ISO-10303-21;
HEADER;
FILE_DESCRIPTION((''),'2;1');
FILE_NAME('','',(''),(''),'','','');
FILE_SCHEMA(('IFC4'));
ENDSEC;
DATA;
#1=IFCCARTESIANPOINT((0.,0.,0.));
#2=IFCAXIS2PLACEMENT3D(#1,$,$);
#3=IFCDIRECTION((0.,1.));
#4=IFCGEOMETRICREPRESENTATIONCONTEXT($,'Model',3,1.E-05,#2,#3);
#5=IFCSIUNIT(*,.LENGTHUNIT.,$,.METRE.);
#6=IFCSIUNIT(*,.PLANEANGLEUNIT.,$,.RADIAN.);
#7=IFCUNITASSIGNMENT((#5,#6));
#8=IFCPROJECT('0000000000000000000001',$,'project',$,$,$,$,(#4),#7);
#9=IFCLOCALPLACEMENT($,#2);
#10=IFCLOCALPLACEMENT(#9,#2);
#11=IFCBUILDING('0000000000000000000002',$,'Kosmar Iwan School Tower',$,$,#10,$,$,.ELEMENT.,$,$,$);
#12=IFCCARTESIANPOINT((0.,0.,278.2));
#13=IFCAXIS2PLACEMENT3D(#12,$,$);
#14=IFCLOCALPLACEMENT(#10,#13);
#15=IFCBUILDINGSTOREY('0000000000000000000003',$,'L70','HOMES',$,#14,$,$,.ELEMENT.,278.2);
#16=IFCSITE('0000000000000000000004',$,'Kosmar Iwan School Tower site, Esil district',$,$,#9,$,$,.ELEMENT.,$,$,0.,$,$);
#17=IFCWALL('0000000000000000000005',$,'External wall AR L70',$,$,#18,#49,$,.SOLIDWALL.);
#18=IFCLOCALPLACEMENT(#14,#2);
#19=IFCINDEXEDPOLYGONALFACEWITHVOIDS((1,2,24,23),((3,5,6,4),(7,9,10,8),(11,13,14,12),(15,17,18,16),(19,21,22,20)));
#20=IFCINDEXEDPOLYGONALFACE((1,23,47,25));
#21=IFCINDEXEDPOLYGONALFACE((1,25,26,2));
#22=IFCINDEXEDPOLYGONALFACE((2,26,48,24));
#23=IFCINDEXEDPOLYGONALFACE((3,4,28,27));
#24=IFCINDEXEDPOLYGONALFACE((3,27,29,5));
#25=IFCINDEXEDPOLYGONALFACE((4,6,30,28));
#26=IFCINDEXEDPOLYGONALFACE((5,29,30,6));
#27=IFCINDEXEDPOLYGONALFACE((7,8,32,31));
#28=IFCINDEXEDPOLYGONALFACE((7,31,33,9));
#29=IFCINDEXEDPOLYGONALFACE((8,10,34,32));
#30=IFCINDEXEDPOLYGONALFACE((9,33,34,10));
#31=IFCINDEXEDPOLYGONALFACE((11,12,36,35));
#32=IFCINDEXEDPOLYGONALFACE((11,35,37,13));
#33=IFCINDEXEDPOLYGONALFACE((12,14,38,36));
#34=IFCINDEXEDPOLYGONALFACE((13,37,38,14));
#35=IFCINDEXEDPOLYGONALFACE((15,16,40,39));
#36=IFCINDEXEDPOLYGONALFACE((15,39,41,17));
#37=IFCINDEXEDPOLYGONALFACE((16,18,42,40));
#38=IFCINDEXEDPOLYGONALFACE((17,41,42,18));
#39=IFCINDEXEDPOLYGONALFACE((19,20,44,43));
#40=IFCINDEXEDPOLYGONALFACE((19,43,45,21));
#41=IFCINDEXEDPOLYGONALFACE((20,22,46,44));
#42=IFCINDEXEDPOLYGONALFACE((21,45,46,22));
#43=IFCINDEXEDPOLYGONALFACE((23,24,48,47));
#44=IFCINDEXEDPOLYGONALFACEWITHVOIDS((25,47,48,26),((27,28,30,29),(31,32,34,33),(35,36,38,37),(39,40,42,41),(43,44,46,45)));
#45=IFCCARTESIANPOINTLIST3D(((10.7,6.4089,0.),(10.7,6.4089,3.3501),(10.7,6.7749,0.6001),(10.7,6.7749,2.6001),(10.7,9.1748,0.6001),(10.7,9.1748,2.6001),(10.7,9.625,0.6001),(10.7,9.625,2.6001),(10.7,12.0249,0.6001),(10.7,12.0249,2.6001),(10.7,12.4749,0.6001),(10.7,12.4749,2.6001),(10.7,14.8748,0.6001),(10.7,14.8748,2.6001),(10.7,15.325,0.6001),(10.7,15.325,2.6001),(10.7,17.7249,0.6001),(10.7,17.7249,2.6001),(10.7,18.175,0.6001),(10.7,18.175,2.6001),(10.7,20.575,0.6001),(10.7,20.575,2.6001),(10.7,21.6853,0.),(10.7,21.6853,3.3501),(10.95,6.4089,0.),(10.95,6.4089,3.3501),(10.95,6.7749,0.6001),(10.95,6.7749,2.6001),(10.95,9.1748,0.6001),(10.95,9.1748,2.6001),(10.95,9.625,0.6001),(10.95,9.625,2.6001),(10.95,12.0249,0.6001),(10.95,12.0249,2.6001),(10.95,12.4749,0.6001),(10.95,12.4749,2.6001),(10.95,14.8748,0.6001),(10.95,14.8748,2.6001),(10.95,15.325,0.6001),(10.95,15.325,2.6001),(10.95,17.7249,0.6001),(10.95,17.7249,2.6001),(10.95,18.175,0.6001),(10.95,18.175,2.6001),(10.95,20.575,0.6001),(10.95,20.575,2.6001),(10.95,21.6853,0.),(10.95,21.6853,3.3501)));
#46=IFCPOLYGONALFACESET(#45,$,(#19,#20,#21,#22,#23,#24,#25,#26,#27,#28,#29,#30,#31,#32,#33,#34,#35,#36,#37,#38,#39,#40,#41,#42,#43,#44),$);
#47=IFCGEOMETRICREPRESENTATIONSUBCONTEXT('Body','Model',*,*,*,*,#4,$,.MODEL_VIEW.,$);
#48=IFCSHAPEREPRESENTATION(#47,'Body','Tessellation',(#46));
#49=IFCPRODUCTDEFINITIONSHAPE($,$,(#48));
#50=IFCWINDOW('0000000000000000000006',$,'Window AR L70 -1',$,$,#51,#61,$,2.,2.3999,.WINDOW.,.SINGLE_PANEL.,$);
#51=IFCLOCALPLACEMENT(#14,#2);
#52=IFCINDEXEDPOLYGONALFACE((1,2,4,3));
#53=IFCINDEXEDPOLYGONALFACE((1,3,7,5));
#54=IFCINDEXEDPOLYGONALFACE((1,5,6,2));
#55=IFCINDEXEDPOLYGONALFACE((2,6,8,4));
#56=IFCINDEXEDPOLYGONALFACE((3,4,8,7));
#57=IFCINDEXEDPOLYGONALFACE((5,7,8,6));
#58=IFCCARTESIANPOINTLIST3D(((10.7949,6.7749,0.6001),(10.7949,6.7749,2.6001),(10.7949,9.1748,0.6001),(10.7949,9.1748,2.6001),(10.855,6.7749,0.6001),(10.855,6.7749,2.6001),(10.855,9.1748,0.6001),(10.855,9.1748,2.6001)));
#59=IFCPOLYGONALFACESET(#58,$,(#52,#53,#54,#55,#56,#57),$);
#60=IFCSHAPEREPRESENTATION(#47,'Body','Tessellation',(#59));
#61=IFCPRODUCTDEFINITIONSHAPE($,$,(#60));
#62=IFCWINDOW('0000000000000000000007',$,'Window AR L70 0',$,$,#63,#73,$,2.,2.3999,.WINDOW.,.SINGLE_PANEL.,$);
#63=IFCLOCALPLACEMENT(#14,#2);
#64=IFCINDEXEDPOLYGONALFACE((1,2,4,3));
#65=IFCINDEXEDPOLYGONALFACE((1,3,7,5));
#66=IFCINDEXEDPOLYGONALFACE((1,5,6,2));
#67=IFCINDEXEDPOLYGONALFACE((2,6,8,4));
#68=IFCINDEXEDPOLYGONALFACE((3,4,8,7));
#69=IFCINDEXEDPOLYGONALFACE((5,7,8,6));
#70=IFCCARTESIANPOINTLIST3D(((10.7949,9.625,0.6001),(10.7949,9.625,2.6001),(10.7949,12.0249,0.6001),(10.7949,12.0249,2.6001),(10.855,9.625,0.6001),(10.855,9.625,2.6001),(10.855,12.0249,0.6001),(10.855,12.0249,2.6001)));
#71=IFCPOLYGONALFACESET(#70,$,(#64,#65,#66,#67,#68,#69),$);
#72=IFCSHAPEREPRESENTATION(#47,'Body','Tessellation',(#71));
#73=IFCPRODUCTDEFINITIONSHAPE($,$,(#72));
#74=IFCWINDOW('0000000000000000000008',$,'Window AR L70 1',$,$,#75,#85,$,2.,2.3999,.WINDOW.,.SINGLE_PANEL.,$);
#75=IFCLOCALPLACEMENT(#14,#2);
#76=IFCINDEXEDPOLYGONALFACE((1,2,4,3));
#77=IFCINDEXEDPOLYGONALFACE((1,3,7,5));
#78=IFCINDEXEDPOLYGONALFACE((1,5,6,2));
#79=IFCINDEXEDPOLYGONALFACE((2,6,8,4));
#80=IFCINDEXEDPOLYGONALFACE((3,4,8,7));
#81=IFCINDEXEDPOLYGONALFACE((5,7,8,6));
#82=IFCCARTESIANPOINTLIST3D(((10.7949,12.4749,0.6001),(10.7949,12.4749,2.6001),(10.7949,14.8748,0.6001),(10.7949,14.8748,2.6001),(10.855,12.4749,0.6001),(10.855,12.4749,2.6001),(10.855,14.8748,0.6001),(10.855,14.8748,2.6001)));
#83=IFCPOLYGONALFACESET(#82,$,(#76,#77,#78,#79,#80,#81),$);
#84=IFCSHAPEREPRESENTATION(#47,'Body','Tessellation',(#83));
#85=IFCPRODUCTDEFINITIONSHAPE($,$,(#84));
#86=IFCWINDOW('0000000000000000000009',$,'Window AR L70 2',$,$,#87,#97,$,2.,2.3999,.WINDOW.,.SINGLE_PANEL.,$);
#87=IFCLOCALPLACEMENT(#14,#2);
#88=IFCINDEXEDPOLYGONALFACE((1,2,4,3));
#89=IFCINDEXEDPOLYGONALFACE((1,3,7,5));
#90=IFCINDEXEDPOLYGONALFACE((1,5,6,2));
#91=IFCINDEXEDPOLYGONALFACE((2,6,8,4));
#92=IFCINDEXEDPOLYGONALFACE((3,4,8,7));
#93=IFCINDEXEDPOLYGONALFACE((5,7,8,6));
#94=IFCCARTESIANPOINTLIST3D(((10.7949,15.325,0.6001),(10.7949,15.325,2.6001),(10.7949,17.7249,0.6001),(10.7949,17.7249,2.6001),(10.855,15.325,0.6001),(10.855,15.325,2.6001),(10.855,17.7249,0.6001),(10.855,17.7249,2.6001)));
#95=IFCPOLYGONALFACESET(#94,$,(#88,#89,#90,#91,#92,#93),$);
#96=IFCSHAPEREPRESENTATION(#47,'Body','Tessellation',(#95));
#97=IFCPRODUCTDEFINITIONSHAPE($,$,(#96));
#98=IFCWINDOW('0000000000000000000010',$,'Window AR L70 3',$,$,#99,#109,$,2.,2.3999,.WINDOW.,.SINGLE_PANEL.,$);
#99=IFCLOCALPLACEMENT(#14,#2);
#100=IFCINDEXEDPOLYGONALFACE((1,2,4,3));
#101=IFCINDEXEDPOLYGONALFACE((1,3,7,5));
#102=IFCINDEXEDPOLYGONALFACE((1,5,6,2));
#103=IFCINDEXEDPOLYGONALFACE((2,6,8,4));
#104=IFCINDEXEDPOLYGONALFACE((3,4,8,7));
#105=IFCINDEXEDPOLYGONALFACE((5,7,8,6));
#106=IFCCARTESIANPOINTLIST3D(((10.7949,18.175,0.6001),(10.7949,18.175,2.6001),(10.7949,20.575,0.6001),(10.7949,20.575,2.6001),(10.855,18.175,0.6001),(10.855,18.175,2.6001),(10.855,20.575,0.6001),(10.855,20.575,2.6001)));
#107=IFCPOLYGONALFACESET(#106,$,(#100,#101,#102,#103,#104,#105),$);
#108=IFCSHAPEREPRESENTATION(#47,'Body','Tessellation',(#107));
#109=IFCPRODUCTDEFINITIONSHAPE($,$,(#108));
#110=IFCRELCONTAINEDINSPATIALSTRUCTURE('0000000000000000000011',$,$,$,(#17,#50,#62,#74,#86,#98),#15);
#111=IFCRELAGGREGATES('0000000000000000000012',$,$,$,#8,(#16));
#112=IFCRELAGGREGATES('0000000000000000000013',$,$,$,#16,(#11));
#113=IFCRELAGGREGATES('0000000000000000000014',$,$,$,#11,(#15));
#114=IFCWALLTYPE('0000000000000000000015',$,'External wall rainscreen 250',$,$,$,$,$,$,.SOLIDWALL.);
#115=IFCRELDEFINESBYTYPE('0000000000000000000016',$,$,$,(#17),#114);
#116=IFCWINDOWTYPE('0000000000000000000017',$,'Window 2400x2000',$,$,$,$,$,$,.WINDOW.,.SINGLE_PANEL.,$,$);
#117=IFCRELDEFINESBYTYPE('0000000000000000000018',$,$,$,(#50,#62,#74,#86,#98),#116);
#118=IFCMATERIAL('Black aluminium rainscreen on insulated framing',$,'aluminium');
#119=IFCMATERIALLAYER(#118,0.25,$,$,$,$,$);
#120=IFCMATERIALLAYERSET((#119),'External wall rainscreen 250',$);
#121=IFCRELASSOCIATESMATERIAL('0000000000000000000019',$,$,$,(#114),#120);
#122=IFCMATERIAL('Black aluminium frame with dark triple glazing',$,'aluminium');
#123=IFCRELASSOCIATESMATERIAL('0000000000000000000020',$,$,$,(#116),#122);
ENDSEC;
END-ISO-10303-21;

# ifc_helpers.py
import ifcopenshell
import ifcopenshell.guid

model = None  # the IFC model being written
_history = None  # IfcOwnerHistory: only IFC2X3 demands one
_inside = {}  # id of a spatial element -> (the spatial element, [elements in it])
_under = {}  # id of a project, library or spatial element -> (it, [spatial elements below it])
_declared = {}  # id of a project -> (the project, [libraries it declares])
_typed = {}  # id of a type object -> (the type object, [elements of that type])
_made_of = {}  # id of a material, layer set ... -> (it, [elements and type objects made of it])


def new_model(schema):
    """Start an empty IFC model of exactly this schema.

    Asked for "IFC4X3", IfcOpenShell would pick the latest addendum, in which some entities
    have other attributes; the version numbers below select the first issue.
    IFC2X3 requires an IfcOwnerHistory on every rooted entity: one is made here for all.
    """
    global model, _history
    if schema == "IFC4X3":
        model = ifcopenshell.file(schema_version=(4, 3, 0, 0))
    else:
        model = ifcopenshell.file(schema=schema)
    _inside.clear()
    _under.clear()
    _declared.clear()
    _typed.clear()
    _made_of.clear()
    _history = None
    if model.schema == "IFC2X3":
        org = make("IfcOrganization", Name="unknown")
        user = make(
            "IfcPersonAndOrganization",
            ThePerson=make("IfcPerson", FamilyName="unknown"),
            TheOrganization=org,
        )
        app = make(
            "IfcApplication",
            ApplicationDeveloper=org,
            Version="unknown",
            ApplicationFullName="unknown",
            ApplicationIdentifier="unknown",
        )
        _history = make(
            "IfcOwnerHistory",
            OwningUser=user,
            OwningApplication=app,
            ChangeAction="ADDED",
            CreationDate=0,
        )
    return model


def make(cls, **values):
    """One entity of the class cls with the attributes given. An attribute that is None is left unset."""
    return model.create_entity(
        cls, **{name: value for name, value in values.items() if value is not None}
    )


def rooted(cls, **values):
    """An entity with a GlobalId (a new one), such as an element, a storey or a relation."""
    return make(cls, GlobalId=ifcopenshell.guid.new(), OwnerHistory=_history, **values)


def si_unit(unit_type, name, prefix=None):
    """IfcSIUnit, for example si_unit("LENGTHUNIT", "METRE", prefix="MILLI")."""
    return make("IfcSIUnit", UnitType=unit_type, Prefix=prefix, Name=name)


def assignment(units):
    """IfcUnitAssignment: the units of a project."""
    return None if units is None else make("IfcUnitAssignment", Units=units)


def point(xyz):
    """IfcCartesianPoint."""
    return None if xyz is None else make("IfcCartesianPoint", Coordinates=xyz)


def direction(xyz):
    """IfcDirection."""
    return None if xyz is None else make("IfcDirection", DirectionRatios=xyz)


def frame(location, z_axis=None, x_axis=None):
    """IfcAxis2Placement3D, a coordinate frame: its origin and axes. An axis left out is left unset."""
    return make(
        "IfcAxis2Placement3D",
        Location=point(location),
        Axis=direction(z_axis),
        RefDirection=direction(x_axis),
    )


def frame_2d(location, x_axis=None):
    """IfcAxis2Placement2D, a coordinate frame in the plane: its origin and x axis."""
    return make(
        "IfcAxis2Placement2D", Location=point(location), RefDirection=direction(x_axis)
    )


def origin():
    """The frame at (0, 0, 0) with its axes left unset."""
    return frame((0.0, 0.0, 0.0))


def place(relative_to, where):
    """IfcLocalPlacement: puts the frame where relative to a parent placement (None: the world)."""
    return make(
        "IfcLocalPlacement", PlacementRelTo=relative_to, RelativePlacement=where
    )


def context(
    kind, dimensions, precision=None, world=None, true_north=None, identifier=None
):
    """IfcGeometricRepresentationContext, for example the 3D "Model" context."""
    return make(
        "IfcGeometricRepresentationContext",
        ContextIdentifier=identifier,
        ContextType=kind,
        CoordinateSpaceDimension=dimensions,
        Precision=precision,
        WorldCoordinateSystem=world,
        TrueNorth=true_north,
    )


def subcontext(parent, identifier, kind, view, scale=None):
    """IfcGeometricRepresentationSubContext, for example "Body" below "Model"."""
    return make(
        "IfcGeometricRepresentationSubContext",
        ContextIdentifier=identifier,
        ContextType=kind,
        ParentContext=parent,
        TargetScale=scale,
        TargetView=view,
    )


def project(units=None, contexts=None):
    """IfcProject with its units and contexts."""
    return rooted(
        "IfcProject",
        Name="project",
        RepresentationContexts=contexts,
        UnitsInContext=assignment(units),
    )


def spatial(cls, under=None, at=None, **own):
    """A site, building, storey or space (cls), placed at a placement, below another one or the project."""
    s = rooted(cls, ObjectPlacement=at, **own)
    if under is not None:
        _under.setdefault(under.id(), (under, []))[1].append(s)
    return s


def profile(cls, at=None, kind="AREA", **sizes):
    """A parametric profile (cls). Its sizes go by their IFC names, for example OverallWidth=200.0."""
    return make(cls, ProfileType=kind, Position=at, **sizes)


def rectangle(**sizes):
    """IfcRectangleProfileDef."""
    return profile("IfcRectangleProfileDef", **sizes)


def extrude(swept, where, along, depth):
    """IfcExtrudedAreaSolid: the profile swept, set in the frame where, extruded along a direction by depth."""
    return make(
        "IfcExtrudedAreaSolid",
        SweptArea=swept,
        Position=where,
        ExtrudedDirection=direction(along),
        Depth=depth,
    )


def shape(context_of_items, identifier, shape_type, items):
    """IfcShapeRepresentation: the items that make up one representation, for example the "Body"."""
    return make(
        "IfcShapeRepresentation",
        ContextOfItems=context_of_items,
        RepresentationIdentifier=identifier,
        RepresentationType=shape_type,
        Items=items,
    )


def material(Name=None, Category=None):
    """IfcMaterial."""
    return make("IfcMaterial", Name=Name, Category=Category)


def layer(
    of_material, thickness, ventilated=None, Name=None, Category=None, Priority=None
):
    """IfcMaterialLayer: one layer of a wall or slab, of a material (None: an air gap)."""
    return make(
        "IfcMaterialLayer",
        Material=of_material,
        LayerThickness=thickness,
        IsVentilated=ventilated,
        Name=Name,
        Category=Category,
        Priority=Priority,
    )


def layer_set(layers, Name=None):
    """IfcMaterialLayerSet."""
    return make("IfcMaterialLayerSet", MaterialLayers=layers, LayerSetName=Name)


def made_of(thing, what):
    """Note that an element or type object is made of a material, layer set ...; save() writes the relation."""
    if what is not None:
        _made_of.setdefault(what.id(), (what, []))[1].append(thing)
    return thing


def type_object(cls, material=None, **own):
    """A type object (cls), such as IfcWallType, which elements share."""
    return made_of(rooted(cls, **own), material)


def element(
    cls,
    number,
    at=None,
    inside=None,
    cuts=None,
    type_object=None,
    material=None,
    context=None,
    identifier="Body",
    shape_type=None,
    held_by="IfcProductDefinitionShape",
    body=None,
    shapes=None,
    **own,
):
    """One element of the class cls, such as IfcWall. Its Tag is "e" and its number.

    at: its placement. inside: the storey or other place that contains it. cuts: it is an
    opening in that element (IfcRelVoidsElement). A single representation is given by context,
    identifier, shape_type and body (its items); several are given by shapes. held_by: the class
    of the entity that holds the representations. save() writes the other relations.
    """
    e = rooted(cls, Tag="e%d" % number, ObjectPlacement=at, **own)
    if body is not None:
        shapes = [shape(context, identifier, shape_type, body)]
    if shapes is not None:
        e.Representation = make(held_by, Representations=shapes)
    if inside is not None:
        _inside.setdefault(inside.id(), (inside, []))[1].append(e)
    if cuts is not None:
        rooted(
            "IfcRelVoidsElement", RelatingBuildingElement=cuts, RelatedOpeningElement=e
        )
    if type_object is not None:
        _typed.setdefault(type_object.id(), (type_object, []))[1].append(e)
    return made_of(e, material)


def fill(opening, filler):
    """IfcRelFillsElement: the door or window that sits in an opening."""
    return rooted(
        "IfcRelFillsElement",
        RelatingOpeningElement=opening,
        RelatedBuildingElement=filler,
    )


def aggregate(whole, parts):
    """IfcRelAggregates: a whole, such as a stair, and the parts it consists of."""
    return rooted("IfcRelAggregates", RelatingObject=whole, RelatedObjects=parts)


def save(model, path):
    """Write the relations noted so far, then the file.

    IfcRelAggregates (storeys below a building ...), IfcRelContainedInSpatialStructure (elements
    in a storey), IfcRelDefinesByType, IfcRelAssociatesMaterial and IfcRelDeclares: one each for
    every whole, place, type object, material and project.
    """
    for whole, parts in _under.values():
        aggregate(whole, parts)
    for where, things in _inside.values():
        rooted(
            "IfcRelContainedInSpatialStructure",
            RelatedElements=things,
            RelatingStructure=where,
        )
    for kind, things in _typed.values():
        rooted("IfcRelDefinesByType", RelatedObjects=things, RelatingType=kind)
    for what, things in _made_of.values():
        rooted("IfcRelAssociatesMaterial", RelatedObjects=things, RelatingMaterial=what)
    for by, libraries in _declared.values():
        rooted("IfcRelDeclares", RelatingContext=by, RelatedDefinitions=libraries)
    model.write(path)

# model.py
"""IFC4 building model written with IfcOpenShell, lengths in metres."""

from ifc_helpers import new_model, si_unit, direction, frame, frame_2d, origin, place, context, subcontext, project, spatial, rectangle, extrude, material, layer, layer_set, type_object, element, fill, save


model = new_model("IFC4")

# Units and contexts
model_context = context("Model", 3, precision=1e-05, world=origin(), true_north=direction((0.0, 1.0)))
body_context = subcontext(model_context, "Body", "Model", "MODEL_VIEW")
ifc_project = project(units=[si_unit("LENGTHUNIT", "METRE"), si_unit("PLANEANGLEUNIT", "RADIAN")], contexts=[model_context])

# Site, building, storey
site_placement = place(None, origin())
site = spatial("IfcSite", under=ifc_project, at=site_placement, Name="Kosmar Iwan School Tower site, Esil district", CompositionType="ELEMENT", RefElevation=0.0)
building_placement = place(site_placement, origin())
building = spatial("IfcBuilding", under=site, at=building_placement, Name="Kosmar Iwan School Tower", CompositionType="ELEMENT")
storey_placement = place(building_placement, frame((0.0, 0.0, 278.2)))
storey = spatial("IfcBuildingStorey", under=building, at=storey_placement, Name="L70", Description="HOMES", CompositionType="ELEMENT", Elevation=278.2)

# Wall, openings, windows
ifc_material_1 = material(Name="Black aluminium rainscreen on insulated framing", Category="aluminium")
ifc_layer_1 = layer(ifc_material_1, 0.25)
ifc_layer_set_1 = layer_set([ifc_layer_1], Name="External wall rainscreen 250")
wall_type_1 = type_object("IfcWallType", Name="External wall rainscreen 250", PredefinedType="SOLIDWALL", material=ifc_layer_set_1)
wall_1_placement = place(storey_placement, frame((10.825, 6.4089, 0.0), z_axis=(0.0, 0.0, 1.0), x_axis=(0.0, 1.0, 0.0)))
wall_1 = element("IfcWall", 1, at=wall_1_placement, inside=storey, type_object=wall_type_1, Name="External wall AR L70", PredefinedType="SOLIDWALL", context=body_context, shape_type="SweptSolid", body=[
    extrude(rectangle(XDim=15.2764, YDim=0.25, at=frame_2d((7.6382, 0.0))), origin(), (0.0, 0.0, 1.0), 3.3501),
])
opening_1_placement = place(wall_1_placement, frame((0.366, 0.0, 0.6001)))
opening_1 = element("IfcOpeningElement", 2, at=opening_1_placement, cuts=wall_1, PredefinedType="OPENING", context=body_context, shape_type="SweptSolid", body=[
    extrude(rectangle(XDim=2.3999, YDim=2.0, at=frame_2d((1.2, 1.0))), frame((0.0, 0.137, 0.0), z_axis=(0.0, -1.0, 0.0), x_axis=(1.0, 0.0, 0.0)), (0.0, 0.0, 1.0), 0.2739),
])
opening_2_placement = place(wall_1_placement, frame((3.2161, 0.0, 0.6001)))
opening_2 = element("IfcOpeningElement", 3, at=opening_2_placement, cuts=wall_1, PredefinedType="OPENING", context=body_context, shape_type="SweptSolid", body=[
    extrude(rectangle(XDim=2.3999, YDim=2.0, at=frame_2d((1.2, 1.0))), frame((0.0, 0.137, 0.0), z_axis=(0.0, -1.0, 0.0), x_axis=(1.0, 0.0, 0.0)), (0.0, 0.0, 1.0), 0.2739),
])
opening_3_placement = place(wall_1_placement, frame((6.0659, 0.0, 0.6001)))
opening_3 = element("IfcOpeningElement", 4, at=opening_3_placement, cuts=wall_1, PredefinedType="OPENING", context=body_context, shape_type="SweptSolid", body=[
    extrude(rectangle(XDim=2.3999, YDim=2.0, at=frame_2d((1.2, 1.0))), frame((0.0, 0.137, 0.0), z_axis=(0.0, -1.0, 0.0), x_axis=(1.0, 0.0, 0.0)), (0.0, 0.0, 1.0), 0.2739),
])
opening_4_placement = place(wall_1_placement, frame((8.916, 0.0, 0.6001)))
opening_4 = element("IfcOpeningElement", 5, at=opening_4_placement, cuts=wall_1, PredefinedType="OPENING", context=body_context, shape_type="SweptSolid", body=[
    extrude(rectangle(XDim=2.3999, YDim=2.0, at=frame_2d((1.2, 1.0))), frame((0.0, 0.137, 0.0), z_axis=(0.0, -1.0, 0.0), x_axis=(1.0, 0.0, 0.0)), (0.0, 0.0, 1.0), 0.2739),
])
opening_5_placement = place(wall_1_placement, frame((11.7661, 0.0, 0.6001)))
opening_5 = element("IfcOpeningElement", 6, at=opening_5_placement, cuts=wall_1, PredefinedType="OPENING", context=body_context, shape_type="SweptSolid", body=[
    extrude(rectangle(XDim=2.3999, YDim=2.0, at=frame_2d((1.2, 1.0))), frame((0.0, 0.137, 0.0), z_axis=(0.0, -1.0, 0.0), x_axis=(1.0, 0.0, 0.0)), (0.0, 0.0, 1.0), 0.2739),
])
ifc_material_2 = material(Name="Black aluminium frame with dark triple glazing", Category="aluminium")
window_type = type_object("IfcWindowType", Name="Window 2400x2000", PartitioningType="SINGLE_PANEL", PredefinedType="WINDOW", material=ifc_material_2)
window_1_placement = place(opening_1_placement, origin())
window_1 = element("IfcWindow", 7, at=window_1_placement, inside=storey, type_object=window_type, Name="Window AR L70 -1", OverallHeight=2.0, OverallWidth=2.3999, PartitioningType="SINGLE_PANEL", PredefinedType="WINDOW", context=body_context, shape_type="SweptSolid", body=[
    extrude(rectangle(XDim=2.3999, YDim=2.0, at=frame_2d((1.2, 1.0))), frame((0.0, 0.03, 0.0), z_axis=(0.0, -1.0, 0.0), x_axis=(1.0, 0.0, 0.0)), (0.0, 0.0, 1.0), 0.0601),
])
fill(opening_1, window_1)
window_2_placement = place(opening_2_placement, origin())
window_2 = element("IfcWindow", 8, at=window_2_placement, inside=storey, type_object=window_type, Name="Window AR L70 0", OverallHeight=2.0, OverallWidth=2.3999, PartitioningType="SINGLE_PANEL", PredefinedType="WINDOW", context=body_context, shape_type="SweptSolid", body=[
    extrude(rectangle(XDim=2.3999, YDim=2.0, at=frame_2d((1.2, 1.0))), frame((0.0, 0.03, 0.0), z_axis=(0.0, -1.0, 0.0), x_axis=(1.0, 0.0, 0.0)), (0.0, 0.0, 1.0), 0.0601),
])
fill(opening_2, window_2)
window_3_placement = place(opening_3_placement, origin())
window_3 = element("IfcWindow", 9, at=window_3_placement, inside=storey, type_object=window_type, Name="Window AR L70 1", OverallHeight=2.0, OverallWidth=2.3999, PartitioningType="SINGLE_PANEL", PredefinedType="WINDOW", context=body_context, shape_type="SweptSolid", body=[
    extrude(rectangle(XDim=2.3999, YDim=2.0, at=frame_2d((1.2, 1.0))), frame((0.0, 0.03, 0.0), z_axis=(0.0, -1.0, 0.0), x_axis=(1.0, 0.0, 0.0)), (0.0, 0.0, 1.0), 0.0601),
])
fill(opening_3, window_3)
window_4_placement = place(opening_4_placement, origin())
window_4 = element("IfcWindow", 10, at=window_4_placement, inside=storey, type_object=window_type, Name="Window AR L70 2", OverallHeight=2.0, OverallWidth=2.3999, PartitioningType="SINGLE_PANEL", PredefinedType="WINDOW", context=body_context, shape_type="SweptSolid", body=[
    extrude(rectangle(XDim=2.3999, YDim=2.0, at=frame_2d((1.2, 1.0))), frame((0.0, 0.03, 0.0), z_axis=(0.0, -1.0, 0.0), x_axis=(1.0, 0.0, 0.0)), (0.0, 0.0, 1.0), 0.0601),
])
fill(opening_4, window_4)
window_5_placement = place(opening_5_placement, origin())
window_5 = element("IfcWindow", 11, at=window_5_placement, inside=storey, type_object=window_type, Name="Window AR L70 3", OverallHeight=2.0, OverallWidth=2.3999, PartitioningType="SINGLE_PANEL", PredefinedType="WINDOW", context=body_context, shape_type="SweptSolid", body=[
    extrude(rectangle(XDim=2.3999, YDim=2.0, at=frame_2d((1.2, 1.0))), frame((0.0, 0.03, 0.0), z_axis=(0.0, -1.0, 0.0), x_axis=(1.0, 0.0, 0.0)), (0.0, 0.0, 1.0), 0.0601),
])
fill(opening_5, window_5)

save(model, "model.ifc")
